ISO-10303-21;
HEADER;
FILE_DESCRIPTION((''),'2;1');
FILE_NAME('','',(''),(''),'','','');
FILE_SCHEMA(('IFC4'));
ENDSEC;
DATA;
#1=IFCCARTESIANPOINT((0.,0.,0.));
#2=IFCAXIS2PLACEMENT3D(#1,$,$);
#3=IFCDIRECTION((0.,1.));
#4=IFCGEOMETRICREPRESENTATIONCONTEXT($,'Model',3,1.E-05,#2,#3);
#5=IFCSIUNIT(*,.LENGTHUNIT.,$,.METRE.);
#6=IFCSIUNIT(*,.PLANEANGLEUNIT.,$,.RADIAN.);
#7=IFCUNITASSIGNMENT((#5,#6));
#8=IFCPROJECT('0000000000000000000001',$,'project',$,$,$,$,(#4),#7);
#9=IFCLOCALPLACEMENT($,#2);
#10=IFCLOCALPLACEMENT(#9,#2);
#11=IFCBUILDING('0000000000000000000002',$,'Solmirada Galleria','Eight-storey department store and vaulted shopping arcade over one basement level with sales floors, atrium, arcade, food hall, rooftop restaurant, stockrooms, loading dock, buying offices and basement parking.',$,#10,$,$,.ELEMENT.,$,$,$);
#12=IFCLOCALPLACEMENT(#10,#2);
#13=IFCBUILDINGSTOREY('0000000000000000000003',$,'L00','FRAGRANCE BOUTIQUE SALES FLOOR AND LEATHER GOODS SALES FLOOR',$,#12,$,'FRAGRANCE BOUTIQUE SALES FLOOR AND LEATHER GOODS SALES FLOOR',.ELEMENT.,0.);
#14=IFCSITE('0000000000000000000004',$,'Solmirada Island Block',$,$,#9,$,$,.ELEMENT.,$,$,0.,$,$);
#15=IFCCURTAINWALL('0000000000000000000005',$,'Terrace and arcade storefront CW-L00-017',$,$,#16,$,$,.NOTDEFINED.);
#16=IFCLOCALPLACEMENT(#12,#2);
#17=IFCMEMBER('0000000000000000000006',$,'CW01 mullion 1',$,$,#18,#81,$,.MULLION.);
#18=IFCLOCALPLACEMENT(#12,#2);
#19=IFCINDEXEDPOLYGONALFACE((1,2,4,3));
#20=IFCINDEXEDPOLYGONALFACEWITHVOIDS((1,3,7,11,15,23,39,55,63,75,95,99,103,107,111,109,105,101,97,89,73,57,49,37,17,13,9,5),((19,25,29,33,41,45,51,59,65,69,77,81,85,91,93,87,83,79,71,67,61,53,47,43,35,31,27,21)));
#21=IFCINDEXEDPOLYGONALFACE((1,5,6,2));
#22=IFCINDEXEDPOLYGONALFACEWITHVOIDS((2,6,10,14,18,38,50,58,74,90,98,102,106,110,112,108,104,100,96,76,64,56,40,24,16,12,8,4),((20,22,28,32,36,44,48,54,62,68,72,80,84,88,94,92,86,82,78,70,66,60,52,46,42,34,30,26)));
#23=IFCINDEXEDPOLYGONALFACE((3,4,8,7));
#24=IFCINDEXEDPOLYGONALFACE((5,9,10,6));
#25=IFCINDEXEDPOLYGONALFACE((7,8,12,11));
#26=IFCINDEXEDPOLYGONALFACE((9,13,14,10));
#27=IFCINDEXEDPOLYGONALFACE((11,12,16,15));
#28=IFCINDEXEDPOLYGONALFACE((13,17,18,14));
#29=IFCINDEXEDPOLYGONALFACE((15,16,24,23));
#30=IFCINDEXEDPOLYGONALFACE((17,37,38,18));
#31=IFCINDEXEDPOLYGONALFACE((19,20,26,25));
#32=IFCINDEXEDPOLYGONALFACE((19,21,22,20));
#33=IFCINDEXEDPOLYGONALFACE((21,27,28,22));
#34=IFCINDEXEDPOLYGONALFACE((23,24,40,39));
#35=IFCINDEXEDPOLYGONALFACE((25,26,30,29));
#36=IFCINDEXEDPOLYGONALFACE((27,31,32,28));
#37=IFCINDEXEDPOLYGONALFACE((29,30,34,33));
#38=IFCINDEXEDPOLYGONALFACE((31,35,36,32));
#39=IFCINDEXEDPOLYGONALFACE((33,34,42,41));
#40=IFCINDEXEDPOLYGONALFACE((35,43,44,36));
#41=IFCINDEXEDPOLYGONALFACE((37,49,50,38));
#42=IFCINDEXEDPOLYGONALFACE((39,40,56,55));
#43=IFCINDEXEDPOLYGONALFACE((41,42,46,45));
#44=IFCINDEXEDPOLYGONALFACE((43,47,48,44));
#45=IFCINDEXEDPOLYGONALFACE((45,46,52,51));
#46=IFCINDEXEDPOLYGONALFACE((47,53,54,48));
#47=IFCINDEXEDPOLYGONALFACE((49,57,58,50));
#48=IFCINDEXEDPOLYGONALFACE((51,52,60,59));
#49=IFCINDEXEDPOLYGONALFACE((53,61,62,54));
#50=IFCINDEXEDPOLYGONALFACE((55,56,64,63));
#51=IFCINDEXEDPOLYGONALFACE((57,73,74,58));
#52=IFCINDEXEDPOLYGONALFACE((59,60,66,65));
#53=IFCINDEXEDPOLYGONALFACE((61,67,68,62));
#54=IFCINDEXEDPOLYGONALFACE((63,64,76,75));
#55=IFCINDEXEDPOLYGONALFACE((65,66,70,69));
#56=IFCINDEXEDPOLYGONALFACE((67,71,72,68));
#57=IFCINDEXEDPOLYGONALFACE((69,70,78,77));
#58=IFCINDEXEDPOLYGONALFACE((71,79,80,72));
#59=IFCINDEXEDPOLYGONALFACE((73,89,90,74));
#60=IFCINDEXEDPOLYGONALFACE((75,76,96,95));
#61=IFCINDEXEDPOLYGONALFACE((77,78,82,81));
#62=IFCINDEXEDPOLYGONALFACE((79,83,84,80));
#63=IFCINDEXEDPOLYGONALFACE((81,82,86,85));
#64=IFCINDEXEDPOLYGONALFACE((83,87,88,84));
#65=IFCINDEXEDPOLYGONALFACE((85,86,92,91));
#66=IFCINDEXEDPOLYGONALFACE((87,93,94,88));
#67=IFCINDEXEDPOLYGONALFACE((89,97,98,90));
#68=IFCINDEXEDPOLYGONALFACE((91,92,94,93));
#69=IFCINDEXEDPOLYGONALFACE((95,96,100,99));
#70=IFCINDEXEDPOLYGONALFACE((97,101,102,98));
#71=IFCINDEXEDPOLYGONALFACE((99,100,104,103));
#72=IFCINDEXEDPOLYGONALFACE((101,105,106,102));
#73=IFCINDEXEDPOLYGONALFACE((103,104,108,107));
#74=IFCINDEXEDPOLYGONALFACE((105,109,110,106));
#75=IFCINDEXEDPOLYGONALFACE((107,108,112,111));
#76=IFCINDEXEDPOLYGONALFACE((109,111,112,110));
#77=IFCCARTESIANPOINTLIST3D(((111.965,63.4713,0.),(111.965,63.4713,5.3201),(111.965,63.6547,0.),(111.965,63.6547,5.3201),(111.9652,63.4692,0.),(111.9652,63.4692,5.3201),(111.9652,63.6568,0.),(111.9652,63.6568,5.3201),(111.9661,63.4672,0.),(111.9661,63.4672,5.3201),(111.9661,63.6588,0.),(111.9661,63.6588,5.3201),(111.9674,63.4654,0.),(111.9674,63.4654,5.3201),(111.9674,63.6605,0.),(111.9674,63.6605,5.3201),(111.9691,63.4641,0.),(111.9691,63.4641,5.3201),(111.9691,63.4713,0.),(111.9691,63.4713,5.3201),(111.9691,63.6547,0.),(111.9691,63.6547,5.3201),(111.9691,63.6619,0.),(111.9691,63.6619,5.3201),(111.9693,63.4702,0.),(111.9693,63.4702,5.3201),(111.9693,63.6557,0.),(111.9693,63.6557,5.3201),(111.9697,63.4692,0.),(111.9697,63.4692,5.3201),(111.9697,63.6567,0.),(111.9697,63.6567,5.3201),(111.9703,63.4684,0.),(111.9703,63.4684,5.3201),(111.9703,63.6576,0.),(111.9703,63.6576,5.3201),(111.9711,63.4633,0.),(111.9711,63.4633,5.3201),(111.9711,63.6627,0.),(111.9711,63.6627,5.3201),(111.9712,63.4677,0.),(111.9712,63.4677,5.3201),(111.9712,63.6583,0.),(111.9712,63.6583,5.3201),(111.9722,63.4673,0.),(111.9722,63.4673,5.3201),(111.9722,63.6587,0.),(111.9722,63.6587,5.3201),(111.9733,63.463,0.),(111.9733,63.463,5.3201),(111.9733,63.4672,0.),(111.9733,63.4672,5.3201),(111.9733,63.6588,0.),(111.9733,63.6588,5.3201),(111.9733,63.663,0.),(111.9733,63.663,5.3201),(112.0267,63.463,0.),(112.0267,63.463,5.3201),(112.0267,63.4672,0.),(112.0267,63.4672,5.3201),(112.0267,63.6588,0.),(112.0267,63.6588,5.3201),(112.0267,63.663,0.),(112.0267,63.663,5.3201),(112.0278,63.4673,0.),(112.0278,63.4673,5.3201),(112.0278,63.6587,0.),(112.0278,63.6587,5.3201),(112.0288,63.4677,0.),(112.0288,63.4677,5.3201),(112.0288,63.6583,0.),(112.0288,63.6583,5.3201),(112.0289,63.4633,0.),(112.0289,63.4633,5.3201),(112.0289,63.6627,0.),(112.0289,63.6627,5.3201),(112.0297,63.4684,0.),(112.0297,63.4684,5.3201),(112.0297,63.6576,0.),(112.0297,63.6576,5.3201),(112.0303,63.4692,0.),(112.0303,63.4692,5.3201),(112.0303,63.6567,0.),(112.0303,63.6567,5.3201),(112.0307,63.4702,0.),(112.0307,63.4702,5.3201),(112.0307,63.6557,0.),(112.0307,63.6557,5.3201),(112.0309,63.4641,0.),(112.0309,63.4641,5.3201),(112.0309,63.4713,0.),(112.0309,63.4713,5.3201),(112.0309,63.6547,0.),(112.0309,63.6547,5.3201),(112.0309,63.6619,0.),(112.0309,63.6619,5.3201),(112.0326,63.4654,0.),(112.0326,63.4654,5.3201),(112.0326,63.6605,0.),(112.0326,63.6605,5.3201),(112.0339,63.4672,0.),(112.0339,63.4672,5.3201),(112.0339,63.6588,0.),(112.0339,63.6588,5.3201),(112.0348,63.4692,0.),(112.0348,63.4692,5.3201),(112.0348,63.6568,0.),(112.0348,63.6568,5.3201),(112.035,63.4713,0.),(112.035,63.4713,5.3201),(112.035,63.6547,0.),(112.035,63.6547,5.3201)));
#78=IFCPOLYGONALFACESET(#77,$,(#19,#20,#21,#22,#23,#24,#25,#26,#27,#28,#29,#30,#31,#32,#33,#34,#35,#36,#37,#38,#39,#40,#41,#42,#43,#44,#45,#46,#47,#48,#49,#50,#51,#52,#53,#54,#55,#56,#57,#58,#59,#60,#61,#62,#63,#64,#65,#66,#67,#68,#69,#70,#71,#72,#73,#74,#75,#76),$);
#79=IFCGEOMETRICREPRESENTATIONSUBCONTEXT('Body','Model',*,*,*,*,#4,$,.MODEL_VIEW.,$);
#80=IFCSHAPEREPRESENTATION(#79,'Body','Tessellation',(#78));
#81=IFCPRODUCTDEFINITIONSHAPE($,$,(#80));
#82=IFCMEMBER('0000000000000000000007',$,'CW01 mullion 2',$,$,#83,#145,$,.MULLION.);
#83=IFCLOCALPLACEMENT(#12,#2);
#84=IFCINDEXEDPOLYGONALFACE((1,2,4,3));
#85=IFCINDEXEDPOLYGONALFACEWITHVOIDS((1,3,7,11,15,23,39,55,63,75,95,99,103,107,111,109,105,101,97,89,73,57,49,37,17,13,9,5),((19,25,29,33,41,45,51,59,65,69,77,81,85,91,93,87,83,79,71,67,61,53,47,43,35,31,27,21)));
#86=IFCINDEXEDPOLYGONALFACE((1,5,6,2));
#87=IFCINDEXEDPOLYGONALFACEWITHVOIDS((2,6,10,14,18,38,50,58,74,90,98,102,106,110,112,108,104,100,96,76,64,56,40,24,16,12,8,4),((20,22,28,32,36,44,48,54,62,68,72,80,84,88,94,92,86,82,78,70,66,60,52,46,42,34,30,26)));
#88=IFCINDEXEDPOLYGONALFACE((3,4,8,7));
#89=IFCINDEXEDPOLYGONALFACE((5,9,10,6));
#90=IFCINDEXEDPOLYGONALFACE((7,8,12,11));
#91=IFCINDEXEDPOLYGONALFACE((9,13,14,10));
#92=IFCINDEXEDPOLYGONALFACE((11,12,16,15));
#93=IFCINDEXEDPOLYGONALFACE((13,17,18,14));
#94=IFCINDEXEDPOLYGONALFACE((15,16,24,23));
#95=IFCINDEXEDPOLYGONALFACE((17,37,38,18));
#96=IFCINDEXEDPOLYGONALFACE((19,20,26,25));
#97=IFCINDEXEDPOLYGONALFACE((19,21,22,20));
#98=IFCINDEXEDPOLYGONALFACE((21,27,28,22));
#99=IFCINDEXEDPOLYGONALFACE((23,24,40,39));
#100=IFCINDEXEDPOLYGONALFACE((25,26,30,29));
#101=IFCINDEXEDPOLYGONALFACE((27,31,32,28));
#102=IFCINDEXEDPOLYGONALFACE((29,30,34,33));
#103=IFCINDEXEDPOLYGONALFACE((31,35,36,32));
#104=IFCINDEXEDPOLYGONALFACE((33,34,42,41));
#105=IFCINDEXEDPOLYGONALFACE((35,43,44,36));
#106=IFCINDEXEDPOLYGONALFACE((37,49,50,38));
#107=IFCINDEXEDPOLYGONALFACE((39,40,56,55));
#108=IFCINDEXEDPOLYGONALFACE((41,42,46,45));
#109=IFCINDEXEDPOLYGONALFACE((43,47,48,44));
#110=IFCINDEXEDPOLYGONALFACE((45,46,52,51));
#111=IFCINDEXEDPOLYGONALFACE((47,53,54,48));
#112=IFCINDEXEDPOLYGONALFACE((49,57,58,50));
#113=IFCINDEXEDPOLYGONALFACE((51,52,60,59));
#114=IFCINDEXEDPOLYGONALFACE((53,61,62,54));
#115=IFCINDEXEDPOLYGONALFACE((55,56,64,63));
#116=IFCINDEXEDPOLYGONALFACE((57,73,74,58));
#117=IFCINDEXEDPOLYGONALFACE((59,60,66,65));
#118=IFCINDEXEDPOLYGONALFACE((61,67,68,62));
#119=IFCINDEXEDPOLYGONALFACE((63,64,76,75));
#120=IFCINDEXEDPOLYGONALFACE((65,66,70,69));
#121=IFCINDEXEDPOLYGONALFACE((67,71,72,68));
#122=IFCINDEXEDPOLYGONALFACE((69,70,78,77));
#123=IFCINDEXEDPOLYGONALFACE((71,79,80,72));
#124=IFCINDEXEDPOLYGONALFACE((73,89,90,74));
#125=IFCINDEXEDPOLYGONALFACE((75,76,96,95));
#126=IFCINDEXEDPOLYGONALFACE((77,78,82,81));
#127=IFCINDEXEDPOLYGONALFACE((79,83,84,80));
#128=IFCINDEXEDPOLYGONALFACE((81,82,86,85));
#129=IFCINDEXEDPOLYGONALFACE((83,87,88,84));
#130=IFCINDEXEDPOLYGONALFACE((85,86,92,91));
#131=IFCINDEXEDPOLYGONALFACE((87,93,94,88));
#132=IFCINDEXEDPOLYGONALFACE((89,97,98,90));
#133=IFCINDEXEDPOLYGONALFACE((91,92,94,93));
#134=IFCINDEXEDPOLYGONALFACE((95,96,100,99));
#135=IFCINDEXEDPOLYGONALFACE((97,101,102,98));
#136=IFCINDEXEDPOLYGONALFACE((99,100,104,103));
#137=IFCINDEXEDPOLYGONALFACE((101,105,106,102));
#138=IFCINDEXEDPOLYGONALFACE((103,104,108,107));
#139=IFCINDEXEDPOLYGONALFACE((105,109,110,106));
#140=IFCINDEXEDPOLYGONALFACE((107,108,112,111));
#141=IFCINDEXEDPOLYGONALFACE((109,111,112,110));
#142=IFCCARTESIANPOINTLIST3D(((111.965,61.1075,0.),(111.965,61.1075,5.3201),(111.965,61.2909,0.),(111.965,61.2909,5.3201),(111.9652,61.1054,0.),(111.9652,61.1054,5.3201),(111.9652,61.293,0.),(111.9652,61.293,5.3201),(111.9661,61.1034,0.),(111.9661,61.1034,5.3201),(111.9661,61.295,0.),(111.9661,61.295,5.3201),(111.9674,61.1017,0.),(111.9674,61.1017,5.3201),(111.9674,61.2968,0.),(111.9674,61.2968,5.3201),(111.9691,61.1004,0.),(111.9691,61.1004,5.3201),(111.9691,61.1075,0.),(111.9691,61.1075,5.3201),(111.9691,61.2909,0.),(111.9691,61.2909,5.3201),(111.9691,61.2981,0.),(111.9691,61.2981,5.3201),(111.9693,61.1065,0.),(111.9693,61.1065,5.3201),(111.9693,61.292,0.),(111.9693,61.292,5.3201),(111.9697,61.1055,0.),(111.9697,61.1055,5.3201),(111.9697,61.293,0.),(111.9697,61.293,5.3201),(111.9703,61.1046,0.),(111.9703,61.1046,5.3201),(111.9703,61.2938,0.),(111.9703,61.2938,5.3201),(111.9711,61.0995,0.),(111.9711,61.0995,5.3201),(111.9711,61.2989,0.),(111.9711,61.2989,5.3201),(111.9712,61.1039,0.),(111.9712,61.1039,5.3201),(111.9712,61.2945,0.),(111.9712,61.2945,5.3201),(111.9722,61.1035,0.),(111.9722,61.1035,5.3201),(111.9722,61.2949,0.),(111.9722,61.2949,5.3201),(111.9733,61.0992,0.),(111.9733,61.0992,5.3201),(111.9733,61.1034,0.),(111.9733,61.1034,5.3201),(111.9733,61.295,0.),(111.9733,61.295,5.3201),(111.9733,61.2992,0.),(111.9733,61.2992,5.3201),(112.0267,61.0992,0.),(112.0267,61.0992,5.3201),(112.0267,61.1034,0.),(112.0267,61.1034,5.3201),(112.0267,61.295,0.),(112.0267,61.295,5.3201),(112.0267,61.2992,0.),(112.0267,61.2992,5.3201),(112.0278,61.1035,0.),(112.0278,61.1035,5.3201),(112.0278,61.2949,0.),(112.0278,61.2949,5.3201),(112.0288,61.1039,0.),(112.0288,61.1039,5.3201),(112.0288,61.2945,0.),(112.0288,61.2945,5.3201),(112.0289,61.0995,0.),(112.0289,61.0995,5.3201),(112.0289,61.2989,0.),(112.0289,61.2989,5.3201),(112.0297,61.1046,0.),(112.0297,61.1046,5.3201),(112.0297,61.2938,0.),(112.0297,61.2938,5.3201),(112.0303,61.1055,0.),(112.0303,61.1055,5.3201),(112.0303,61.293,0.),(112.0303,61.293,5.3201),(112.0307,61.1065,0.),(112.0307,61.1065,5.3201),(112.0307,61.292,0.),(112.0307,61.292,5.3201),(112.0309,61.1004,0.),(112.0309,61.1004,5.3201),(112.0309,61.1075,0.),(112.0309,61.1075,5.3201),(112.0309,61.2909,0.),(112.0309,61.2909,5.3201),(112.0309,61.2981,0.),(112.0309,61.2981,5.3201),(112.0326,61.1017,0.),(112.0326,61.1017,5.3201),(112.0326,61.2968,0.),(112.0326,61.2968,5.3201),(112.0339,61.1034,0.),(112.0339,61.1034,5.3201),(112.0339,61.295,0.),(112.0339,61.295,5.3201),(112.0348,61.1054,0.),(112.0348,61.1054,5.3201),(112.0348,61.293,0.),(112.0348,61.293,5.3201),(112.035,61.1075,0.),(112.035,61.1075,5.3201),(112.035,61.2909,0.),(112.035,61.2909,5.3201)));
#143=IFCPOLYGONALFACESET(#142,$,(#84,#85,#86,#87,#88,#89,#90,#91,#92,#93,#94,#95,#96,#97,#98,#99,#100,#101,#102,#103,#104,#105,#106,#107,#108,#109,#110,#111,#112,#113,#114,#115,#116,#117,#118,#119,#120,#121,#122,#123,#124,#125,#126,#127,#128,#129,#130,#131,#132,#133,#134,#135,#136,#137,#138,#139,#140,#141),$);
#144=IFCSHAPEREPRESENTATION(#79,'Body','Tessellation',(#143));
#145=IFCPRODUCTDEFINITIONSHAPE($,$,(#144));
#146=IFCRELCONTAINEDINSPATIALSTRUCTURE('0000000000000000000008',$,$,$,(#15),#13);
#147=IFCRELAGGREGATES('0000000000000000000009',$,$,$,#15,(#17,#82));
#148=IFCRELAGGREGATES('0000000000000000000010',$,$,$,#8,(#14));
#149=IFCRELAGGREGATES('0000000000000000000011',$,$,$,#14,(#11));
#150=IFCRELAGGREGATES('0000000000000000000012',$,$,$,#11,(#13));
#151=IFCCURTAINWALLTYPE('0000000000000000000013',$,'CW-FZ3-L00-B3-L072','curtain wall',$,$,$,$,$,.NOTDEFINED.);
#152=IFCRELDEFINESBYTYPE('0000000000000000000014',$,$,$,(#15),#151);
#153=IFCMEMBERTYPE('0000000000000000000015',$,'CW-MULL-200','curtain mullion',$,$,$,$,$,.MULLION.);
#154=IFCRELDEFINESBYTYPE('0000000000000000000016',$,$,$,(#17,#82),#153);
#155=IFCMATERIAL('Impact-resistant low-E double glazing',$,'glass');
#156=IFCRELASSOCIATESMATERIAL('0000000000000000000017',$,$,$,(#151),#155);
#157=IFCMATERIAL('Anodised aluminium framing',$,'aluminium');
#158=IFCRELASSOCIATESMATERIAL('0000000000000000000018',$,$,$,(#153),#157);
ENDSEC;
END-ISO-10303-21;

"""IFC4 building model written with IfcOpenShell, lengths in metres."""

from ifc_helpers import new_model, si_unit, direction, frame, origin, origin_2d, place, context, subcontext, project, spatial, hollow_rectangle, extrude, material, material_profile, profile_set, type_object, element, aggregate, save


model = new_model("IFC4")

# Units and contexts
model_context = context("Model", 3, precision=1e-05, world=origin(), true_north=direction((0.0, 1.0)))
body_context = subcontext(model_context, "Body", "Model", "MODEL_VIEW")
ifc_project = project(units=[si_unit("LENGTHUNIT", "METRE"), si_unit("PLANEANGLEUNIT", "RADIAN")], contexts=[model_context])

# Site, building, storey
site_placement = place(None, origin())
site = spatial("IfcSite", under=ifc_project, at=site_placement, Name="Solmirada Island Block", CompositionType="ELEMENT", RefElevation=0.0)
building_placement = place(site_placement, origin())
building = spatial("IfcBuilding", under=site, at=building_placement, Name="Solmirada Galleria", Description="Eight-storey department store and vaulted shopping arcade over one basement level with sales floors, atrium, arcade, food hall, rooftop restaurant, stockrooms, loading dock, buying offices and basement parking.", CompositionType="ELEMENT")
storey_placement = place(building_placement, origin())
storey = spatial("IfcBuildingStorey", under=building, at=storey_placement, Name="L00", Description="FRAGRANCE BOUTIQUE SALES FLOOR AND LEATHER GOODS SALES FLOOR", LongName="FRAGRANCE BOUTIQUE SALES FLOOR AND LEATHER GOODS SALES FLOOR", CompositionType="ELEMENT", Elevation=0.0)

# Curtain wall, members
ifc_material_1 = material(Name="Impact-resistant low-E double glazing", Category="glass")
curtain_wall_type = type_object("IfcCurtainWallType", Name="CW-FZ3-L00-B3-L072", Description="curtain wall", PredefinedType="NOTDEFINED", material=ifc_material_1)
ifc_material_2 = material(Name="Anodised aluminium framing", Category="aluminium")
ifc_material_profile_1 = material_profile(ifc_material_2, hollow_rectangle(XDim=0.0701, YDim=0.2, WallThickness=0.0042, InnerFilletRadius=0.0042, OuterFilletRadius=0.0083, at=origin_2d()), Name="ALU-MULL-200X70")
ifc_profile_set_1 = profile_set([ifc_material_profile_1], Name="Anodised aluminium framing")
member_type_1 = type_object("IfcMemberType", Name="CW-MULL-200", Description="curtain mullion", PredefinedType="MULLION", material=ifc_profile_set_1)
curtain_wall_1_placement = place(storey_placement, origin())
curtain_wall_1 = element("IfcCurtainWall", 1, at=curtain_wall_1_placement, inside=storey, type_object=curtain_wall_type, Name="Terrace and arcade storefront CW-L00-017", PredefinedType="NOTDEFINED")
member_1_placement = place(storey_placement, frame((112.0, 63.563, 0.0), z_axis=(0.0, 0.0, 1.0), x_axis=(1.0, 0.0, 0.0)))
member_1 = element("IfcMember", 2, at=member_1_placement, type_object=member_type_1, Name="CW01 mullion 1", PredefinedType="MULLION", context=body_context, shape_type="SweptSolid", body=[
    extrude(hollow_rectangle(XDim=0.0701, YDim=0.2, WallThickness=0.0042, InnerFilletRadius=0.0042, OuterFilletRadius=0.0083, at=origin_2d()), origin(), (0.0, 0.0, 1.0), 5.3201),
])
member_2_placement = place(storey_placement, frame((112.0, 61.1992, 0.0), z_axis=(0.0, 0.0, 1.0), x_axis=(1.0, 0.0, 0.0)))
member_2 = element("IfcMember", 3, at=member_2_placement, type_object=member_type_1, Name="CW01 mullion 2", PredefinedType="MULLION", context=body_context, shape_type="SweptSolid", body=[
    extrude(hollow_rectangle(XDim=0.0701, YDim=0.2, WallThickness=0.0042, InnerFilletRadius=0.0042, OuterFilletRadius=0.0083, at=origin_2d()), origin(), (0.0, 0.0, 1.0), 5.3201),
])

aggregate(curtain_wall_1, [member_1, member_2])

save(model, "model.ifc")
